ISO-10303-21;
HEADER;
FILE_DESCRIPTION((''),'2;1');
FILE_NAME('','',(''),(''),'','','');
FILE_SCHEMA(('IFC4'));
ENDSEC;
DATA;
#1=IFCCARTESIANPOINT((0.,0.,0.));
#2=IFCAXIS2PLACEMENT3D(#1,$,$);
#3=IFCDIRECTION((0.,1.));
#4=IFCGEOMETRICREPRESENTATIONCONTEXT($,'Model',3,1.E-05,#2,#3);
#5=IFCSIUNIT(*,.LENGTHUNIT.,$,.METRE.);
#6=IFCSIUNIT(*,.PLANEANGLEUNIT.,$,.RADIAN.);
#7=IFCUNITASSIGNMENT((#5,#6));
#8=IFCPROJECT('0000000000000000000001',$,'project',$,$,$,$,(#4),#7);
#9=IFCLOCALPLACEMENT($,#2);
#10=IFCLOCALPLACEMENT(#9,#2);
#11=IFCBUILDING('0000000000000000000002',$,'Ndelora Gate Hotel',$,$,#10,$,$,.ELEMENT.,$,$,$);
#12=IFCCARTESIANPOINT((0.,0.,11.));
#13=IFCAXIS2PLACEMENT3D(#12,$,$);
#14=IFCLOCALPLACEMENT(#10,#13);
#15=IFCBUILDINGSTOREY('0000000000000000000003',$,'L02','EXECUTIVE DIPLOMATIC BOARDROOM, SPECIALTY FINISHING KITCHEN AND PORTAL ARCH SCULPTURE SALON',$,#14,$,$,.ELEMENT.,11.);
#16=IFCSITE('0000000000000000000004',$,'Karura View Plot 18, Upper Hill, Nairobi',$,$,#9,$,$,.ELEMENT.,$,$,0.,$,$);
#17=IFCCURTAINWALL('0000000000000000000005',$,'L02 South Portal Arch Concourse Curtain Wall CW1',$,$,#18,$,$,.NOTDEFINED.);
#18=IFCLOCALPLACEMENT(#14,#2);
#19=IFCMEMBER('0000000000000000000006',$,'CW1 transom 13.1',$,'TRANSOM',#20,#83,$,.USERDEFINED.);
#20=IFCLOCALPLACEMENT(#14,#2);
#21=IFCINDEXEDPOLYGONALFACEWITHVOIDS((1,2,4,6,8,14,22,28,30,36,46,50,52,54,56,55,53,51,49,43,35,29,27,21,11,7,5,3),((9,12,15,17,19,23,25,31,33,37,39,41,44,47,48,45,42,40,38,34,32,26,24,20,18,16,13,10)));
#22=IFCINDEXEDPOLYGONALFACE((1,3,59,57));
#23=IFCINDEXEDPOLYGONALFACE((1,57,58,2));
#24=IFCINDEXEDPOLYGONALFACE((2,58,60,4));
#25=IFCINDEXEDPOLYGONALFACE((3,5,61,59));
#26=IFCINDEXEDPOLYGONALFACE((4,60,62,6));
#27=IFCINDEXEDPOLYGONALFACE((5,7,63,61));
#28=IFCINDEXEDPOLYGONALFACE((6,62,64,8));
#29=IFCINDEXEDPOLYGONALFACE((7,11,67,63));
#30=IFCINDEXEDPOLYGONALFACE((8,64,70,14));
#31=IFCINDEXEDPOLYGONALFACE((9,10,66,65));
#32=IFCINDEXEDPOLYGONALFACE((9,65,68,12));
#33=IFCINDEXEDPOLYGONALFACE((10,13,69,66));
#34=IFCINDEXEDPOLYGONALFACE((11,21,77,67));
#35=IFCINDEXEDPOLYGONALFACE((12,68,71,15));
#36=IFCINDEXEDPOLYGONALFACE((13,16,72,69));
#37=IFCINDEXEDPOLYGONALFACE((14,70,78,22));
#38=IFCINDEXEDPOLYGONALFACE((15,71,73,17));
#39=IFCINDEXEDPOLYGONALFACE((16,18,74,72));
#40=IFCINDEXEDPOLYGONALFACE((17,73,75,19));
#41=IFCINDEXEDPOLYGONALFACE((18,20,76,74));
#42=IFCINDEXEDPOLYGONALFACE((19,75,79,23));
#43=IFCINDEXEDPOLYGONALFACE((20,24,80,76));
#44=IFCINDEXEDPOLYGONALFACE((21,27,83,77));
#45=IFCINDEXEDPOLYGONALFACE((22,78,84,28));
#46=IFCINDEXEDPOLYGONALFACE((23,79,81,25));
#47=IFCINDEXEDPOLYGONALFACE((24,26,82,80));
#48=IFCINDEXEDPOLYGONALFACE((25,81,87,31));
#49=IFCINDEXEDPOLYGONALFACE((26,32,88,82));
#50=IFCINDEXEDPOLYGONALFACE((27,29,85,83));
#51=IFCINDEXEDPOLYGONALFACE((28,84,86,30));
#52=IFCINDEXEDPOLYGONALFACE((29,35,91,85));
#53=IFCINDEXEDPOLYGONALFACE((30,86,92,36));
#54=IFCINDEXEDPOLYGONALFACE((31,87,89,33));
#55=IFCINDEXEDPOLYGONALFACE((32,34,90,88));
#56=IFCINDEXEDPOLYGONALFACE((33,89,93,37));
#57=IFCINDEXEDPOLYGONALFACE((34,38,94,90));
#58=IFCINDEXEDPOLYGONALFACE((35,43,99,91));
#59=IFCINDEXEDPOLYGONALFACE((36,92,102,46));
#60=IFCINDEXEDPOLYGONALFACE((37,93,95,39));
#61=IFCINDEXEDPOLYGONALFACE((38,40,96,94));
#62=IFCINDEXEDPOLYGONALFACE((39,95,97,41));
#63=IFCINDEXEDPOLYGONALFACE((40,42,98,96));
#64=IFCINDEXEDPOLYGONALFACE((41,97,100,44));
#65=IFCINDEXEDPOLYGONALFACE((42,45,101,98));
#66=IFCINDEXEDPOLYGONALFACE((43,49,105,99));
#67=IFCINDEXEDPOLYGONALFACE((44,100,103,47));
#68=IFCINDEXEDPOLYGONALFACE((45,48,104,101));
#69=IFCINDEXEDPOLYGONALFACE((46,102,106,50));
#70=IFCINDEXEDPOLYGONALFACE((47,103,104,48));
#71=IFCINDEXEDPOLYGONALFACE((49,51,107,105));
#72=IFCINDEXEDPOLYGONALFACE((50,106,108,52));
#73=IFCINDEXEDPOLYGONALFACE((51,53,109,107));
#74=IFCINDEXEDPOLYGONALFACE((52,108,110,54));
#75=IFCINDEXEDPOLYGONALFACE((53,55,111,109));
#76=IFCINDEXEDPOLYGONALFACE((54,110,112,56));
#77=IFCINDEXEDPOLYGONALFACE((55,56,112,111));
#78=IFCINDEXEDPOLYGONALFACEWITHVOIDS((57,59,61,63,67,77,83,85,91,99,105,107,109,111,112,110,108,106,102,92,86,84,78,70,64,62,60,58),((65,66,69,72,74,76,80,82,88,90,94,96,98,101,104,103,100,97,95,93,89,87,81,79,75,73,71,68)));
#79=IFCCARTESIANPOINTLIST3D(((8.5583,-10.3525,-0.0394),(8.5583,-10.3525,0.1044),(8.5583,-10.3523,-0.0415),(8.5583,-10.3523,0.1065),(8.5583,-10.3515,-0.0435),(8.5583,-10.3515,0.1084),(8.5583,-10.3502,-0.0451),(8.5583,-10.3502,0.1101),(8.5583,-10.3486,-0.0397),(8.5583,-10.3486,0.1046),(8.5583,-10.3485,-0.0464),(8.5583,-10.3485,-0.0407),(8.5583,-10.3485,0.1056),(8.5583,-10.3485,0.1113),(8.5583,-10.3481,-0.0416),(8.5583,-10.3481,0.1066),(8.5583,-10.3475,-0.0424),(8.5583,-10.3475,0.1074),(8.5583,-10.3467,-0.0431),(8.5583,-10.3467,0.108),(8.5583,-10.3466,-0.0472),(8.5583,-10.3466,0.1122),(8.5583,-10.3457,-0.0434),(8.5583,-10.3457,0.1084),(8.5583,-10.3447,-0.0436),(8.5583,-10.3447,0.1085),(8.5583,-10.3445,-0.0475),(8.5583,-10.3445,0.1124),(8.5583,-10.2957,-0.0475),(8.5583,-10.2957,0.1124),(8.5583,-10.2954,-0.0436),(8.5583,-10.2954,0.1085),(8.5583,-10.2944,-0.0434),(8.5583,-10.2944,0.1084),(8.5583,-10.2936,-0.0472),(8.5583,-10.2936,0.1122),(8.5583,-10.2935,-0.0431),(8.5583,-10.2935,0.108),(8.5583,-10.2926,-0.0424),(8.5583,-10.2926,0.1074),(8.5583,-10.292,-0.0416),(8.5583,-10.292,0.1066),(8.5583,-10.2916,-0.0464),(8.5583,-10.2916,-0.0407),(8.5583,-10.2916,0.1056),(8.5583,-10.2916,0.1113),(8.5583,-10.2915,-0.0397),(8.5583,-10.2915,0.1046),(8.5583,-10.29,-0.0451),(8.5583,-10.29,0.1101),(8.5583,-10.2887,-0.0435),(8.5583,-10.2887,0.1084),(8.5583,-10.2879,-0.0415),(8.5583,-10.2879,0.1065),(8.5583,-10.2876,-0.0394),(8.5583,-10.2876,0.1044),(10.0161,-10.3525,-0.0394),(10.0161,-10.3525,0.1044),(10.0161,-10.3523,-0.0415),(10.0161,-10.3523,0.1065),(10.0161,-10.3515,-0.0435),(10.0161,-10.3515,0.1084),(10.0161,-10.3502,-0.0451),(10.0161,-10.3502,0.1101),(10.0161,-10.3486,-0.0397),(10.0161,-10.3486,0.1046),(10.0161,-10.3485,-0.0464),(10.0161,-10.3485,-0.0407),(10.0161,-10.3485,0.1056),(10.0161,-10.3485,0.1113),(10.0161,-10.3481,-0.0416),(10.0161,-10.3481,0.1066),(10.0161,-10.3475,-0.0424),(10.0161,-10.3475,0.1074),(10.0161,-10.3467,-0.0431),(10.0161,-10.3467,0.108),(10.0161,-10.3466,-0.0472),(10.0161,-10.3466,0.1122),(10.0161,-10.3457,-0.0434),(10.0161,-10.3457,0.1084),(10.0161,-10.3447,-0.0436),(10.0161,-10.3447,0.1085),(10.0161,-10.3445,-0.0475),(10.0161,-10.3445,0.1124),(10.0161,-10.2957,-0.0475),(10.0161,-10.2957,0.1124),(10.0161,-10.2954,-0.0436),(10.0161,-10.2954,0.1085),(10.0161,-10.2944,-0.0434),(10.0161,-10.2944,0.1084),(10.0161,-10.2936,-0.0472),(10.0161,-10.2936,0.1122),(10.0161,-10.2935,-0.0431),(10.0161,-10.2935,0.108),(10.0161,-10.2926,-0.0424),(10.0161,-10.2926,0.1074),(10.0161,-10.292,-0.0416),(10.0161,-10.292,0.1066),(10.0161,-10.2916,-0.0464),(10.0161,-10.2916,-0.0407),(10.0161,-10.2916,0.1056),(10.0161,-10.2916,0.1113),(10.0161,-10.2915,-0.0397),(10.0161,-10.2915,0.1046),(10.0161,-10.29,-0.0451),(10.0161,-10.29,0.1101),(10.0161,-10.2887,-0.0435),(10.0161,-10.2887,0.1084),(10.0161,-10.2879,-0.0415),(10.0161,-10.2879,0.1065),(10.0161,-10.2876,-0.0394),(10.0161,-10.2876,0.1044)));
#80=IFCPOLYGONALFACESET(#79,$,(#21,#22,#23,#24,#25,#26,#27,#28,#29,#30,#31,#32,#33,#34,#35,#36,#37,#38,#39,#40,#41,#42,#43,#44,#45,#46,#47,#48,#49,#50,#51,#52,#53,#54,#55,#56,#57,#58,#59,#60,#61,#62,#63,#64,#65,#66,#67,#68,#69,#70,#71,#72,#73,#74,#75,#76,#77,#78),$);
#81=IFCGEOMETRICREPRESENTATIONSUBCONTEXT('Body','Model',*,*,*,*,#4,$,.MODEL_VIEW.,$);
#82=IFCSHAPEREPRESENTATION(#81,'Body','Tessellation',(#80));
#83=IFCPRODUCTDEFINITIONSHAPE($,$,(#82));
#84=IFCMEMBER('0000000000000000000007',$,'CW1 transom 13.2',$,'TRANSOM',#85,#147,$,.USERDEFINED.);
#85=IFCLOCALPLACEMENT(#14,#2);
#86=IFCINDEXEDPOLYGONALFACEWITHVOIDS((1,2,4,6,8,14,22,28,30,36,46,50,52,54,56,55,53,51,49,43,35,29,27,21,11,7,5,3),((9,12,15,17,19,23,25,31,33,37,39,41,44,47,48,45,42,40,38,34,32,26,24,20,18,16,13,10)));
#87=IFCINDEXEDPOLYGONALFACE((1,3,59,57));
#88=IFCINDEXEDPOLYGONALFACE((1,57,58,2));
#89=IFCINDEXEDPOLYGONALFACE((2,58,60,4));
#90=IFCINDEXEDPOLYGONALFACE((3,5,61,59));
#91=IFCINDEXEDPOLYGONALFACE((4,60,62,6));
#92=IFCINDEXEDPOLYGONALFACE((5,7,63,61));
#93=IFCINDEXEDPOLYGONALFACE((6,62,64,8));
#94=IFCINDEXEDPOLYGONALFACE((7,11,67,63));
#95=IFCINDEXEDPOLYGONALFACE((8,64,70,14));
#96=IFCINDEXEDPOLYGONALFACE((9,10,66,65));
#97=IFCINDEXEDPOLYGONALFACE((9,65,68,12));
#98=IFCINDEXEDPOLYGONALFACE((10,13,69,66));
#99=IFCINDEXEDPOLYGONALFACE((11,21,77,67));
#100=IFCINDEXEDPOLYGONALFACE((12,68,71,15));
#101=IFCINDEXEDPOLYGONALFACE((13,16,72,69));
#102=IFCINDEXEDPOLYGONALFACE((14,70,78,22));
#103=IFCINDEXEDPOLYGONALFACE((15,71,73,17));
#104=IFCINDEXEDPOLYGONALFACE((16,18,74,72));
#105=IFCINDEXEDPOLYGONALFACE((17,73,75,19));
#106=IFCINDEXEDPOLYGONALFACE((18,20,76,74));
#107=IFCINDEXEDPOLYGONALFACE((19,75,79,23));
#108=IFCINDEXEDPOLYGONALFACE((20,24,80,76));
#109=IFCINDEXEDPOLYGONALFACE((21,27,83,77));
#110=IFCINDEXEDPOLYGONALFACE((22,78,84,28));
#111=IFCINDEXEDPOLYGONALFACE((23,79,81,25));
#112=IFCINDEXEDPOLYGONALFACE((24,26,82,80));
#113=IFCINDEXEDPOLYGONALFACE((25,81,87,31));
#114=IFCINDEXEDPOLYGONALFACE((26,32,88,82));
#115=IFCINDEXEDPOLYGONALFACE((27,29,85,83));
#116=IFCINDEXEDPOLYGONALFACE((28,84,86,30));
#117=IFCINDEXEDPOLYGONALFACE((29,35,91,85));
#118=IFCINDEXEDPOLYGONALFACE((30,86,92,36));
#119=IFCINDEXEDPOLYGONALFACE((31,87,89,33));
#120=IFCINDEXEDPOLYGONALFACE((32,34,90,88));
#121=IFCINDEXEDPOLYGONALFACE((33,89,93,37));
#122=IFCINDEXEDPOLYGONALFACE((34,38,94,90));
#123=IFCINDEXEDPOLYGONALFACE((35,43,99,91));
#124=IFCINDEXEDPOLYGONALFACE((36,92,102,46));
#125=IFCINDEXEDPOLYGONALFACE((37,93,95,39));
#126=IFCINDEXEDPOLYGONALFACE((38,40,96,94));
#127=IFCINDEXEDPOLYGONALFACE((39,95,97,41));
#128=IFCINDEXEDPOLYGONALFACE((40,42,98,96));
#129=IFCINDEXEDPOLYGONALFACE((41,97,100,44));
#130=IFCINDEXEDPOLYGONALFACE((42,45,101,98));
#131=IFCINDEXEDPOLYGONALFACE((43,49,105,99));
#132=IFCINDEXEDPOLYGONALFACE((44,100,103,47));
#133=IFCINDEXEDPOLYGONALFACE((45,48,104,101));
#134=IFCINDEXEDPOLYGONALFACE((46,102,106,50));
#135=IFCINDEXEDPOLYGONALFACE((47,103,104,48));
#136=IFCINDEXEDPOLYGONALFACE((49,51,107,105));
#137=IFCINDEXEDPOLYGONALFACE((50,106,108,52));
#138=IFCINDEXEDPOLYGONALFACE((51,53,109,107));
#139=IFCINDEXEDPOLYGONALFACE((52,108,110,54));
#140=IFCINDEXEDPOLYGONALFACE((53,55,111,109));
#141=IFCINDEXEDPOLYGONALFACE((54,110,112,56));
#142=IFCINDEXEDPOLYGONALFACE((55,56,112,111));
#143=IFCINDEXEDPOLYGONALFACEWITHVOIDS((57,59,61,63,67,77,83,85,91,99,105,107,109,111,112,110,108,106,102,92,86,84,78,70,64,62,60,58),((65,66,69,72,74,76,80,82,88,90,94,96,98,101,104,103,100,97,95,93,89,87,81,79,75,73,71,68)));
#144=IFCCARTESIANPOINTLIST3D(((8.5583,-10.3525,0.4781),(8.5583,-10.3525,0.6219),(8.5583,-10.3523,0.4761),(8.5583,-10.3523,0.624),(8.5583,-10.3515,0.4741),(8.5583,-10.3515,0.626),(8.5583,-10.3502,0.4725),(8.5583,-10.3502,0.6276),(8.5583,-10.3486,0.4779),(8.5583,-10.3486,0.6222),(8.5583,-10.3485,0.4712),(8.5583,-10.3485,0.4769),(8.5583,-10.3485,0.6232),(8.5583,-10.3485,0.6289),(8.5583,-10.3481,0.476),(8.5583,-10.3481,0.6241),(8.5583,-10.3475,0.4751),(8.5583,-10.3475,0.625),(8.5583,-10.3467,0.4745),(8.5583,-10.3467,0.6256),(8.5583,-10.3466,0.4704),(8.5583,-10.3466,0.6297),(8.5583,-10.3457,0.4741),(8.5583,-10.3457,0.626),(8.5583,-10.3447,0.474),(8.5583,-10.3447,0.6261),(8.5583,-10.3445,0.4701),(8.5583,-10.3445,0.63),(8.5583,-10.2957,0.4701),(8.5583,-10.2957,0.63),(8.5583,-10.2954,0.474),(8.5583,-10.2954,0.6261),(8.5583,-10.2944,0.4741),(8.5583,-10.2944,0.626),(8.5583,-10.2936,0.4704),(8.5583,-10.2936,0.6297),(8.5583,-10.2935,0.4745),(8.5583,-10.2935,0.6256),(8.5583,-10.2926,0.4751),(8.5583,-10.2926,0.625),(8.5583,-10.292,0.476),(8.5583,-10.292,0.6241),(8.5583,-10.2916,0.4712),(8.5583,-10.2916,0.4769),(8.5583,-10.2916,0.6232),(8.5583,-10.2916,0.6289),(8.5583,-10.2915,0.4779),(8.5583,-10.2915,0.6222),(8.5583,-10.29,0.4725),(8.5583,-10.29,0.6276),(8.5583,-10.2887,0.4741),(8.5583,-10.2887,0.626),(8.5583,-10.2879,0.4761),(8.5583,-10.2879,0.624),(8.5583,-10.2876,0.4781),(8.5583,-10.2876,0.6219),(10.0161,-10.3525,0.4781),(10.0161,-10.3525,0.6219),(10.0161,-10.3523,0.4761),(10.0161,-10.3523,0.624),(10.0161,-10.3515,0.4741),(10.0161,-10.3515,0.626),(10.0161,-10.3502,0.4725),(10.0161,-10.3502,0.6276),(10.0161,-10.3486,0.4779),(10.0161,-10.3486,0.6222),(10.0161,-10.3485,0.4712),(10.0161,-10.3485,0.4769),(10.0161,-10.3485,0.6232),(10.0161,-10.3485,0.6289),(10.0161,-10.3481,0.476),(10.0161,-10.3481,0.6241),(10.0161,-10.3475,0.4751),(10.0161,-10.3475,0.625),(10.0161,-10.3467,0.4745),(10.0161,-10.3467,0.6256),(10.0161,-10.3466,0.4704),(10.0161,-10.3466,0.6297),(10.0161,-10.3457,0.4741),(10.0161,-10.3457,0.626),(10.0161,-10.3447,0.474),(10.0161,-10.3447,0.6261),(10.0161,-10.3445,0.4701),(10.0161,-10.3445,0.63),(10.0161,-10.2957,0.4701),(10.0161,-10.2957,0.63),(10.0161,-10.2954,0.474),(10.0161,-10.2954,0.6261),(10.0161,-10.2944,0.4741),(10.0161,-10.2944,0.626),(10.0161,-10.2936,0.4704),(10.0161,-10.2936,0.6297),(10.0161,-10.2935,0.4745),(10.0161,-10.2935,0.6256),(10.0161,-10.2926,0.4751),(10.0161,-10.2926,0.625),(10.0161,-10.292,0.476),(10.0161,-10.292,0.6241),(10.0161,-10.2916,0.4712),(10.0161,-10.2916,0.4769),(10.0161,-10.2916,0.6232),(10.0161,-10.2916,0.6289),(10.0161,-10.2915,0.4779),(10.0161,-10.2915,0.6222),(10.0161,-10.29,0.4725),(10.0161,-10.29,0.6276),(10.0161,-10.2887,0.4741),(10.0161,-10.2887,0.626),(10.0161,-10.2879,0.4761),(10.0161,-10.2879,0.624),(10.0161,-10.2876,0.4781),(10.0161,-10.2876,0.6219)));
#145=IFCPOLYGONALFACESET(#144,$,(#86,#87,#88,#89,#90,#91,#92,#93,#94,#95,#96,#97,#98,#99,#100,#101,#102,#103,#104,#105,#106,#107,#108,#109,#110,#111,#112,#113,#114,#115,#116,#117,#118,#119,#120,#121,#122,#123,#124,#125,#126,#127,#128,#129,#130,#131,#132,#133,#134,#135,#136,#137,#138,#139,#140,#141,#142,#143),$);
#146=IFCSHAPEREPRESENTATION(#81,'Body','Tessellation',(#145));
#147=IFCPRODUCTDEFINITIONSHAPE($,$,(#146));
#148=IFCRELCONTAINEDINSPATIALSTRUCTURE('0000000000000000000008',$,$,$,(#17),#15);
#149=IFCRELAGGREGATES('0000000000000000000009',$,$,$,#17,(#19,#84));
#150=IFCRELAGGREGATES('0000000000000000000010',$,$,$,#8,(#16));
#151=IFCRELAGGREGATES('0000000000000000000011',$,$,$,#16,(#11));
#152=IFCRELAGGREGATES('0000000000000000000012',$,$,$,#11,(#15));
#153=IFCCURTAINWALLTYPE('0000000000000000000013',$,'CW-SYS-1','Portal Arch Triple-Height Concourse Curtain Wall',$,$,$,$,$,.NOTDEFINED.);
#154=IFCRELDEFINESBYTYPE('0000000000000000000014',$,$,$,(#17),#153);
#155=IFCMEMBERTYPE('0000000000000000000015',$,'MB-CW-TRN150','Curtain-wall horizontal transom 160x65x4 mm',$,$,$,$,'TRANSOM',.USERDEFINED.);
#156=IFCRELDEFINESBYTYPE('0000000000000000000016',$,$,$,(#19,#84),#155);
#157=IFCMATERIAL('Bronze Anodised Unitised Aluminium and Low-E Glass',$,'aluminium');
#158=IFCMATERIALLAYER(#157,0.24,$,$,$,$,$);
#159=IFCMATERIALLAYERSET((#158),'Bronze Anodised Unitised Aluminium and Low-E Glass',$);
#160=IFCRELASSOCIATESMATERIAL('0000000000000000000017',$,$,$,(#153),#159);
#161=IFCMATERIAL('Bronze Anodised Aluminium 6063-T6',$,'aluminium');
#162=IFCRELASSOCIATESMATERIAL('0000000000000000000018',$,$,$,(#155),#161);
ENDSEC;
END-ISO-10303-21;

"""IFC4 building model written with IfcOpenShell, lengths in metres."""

from ifc_helpers import new_model, si_unit, direction, frame, origin, origin_2d, place, context, subcontext, project, spatial, hollow_rectangle, extrude, material, layer, layer_set, material_profile, profile_set, type_object, element, aggregate, save


model = new_model("IFC4")

# Units and contexts
model_context = context("Model", 3, precision=1e-05, world=origin(), true_north=direction((0.0, 1.0)))
body_context = subcontext(model_context, "Body", "Model", "MODEL_VIEW")
ifc_project = project(units=[si_unit("LENGTHUNIT", "METRE"), si_unit("PLANEANGLEUNIT", "RADIAN")], contexts=[model_context])

# Site, building, storey
site_placement = place(None, origin())
site = spatial("IfcSite", under=ifc_project, at=site_placement, Name="Karura View Plot 18, Upper Hill, Nairobi", CompositionType="ELEMENT", RefElevation=0.0)
building_placement = place(site_placement, origin())
building = spatial("IfcBuilding", under=site, at=building_placement, Name="Ndelora Gate Hotel", CompositionType="ELEMENT")
storey_placement = place(building_placement, frame((0.0, 0.0, 11.0)))
storey = spatial("IfcBuildingStorey", under=building, at=storey_placement, Name="L02", Description="EXECUTIVE DIPLOMATIC BOARDROOM, SPECIALTY FINISHING KITCHEN AND PORTAL ARCH SCULPTURE SALON", CompositionType="ELEMENT", Elevation=11.0)

# Curtain wall, members
ifc_material_1 = material(Name="Bronze Anodised Unitised Aluminium and Low-E Glass", Category="aluminium")
ifc_layer_1 = layer(ifc_material_1, 0.24)
ifc_layer_set_1 = layer_set([ifc_layer_1], Name="Bronze Anodised Unitised Aluminium and Low-E Glass")
curtain_wall_type = type_object("IfcCurtainWallType", Name="CW-SYS-1", Description="Portal Arch Triple-Height Concourse Curtain Wall", PredefinedType="NOTDEFINED", material=ifc_layer_set_1)
curtain_wall_placement = place(storey_placement, origin())
curtain_wall = element("IfcCurtainWall", 1, at=curtain_wall_placement, inside=storey, type_object=curtain_wall_type, Name="L02 South Portal Arch Concourse Curtain Wall CW1", PredefinedType="NOTDEFINED")
ifc_material_2 = material(Name="Bronze Anodised Aluminium 6063-T6", Category="aluminium")
ifc_material_profile_1 = material_profile(ifc_material_2, hollow_rectangle(XDim=0.0649, YDim=0.1599, WallThickness=0.0039, InnerFilletRadius=0.0039, OuterFilletRadius=0.0081, at=origin_2d()), Name="ALU 160x65x4")
ifc_profile_set_1 = profile_set([ifc_material_profile_1], Name="Bronze Anodised Aluminium 6063-T6")
member_type_1 = type_object("IfcMemberType", Name="MB-CW-TRN150", Description="Curtain-wall horizontal transom 160x65x4 mm", ElementType="TRANSOM", PredefinedType="USERDEFINED", material=ifc_profile_set_1)
member_1_placement = place(storey_placement, frame((8.5583, -10.3201, 0.0325), z_axis=(1.0, 0.0, 0.0), x_axis=(0.0, 1.0, 0.0)))
member_1 = element("IfcMember", 2, at=member_1_placement, type_object=member_type_1, Name="CW1 transom 13.1", ObjectType="TRANSOM", PredefinedType="USERDEFINED", context=body_context, shape_type="SweptSolid", body=[
    extrude(hollow_rectangle(XDim=0.0649, YDim=0.1599, WallThickness=0.0039, InnerFilletRadius=0.0039, OuterFilletRadius=0.0081, at=origin_2d()), origin(), (0.0, 0.0, 1.0), 1.4578),
])
member_2_placement = place(storey_placement, frame((8.5583, -10.3201, 0.55), z_axis=(1.0, 0.0, 0.0), x_axis=(0.0, 1.0, 0.0)))
member_2 = element("IfcMember", 3, at=member_2_placement, type_object=member_type_1, Name="CW1 transom 13.2", ObjectType="TRANSOM", PredefinedType="USERDEFINED", context=body_context, shape_type="SweptSolid", body=[
    extrude(hollow_rectangle(XDim=0.0649, YDim=0.1599, WallThickness=0.0039, InnerFilletRadius=0.0039, OuterFilletRadius=0.0081, at=origin_2d()), origin(), (0.0, 0.0, 1.0), 1.4578),
])
aggregate(curtain_wall, [member_1, member_2])

save(model, "model.ifc")
